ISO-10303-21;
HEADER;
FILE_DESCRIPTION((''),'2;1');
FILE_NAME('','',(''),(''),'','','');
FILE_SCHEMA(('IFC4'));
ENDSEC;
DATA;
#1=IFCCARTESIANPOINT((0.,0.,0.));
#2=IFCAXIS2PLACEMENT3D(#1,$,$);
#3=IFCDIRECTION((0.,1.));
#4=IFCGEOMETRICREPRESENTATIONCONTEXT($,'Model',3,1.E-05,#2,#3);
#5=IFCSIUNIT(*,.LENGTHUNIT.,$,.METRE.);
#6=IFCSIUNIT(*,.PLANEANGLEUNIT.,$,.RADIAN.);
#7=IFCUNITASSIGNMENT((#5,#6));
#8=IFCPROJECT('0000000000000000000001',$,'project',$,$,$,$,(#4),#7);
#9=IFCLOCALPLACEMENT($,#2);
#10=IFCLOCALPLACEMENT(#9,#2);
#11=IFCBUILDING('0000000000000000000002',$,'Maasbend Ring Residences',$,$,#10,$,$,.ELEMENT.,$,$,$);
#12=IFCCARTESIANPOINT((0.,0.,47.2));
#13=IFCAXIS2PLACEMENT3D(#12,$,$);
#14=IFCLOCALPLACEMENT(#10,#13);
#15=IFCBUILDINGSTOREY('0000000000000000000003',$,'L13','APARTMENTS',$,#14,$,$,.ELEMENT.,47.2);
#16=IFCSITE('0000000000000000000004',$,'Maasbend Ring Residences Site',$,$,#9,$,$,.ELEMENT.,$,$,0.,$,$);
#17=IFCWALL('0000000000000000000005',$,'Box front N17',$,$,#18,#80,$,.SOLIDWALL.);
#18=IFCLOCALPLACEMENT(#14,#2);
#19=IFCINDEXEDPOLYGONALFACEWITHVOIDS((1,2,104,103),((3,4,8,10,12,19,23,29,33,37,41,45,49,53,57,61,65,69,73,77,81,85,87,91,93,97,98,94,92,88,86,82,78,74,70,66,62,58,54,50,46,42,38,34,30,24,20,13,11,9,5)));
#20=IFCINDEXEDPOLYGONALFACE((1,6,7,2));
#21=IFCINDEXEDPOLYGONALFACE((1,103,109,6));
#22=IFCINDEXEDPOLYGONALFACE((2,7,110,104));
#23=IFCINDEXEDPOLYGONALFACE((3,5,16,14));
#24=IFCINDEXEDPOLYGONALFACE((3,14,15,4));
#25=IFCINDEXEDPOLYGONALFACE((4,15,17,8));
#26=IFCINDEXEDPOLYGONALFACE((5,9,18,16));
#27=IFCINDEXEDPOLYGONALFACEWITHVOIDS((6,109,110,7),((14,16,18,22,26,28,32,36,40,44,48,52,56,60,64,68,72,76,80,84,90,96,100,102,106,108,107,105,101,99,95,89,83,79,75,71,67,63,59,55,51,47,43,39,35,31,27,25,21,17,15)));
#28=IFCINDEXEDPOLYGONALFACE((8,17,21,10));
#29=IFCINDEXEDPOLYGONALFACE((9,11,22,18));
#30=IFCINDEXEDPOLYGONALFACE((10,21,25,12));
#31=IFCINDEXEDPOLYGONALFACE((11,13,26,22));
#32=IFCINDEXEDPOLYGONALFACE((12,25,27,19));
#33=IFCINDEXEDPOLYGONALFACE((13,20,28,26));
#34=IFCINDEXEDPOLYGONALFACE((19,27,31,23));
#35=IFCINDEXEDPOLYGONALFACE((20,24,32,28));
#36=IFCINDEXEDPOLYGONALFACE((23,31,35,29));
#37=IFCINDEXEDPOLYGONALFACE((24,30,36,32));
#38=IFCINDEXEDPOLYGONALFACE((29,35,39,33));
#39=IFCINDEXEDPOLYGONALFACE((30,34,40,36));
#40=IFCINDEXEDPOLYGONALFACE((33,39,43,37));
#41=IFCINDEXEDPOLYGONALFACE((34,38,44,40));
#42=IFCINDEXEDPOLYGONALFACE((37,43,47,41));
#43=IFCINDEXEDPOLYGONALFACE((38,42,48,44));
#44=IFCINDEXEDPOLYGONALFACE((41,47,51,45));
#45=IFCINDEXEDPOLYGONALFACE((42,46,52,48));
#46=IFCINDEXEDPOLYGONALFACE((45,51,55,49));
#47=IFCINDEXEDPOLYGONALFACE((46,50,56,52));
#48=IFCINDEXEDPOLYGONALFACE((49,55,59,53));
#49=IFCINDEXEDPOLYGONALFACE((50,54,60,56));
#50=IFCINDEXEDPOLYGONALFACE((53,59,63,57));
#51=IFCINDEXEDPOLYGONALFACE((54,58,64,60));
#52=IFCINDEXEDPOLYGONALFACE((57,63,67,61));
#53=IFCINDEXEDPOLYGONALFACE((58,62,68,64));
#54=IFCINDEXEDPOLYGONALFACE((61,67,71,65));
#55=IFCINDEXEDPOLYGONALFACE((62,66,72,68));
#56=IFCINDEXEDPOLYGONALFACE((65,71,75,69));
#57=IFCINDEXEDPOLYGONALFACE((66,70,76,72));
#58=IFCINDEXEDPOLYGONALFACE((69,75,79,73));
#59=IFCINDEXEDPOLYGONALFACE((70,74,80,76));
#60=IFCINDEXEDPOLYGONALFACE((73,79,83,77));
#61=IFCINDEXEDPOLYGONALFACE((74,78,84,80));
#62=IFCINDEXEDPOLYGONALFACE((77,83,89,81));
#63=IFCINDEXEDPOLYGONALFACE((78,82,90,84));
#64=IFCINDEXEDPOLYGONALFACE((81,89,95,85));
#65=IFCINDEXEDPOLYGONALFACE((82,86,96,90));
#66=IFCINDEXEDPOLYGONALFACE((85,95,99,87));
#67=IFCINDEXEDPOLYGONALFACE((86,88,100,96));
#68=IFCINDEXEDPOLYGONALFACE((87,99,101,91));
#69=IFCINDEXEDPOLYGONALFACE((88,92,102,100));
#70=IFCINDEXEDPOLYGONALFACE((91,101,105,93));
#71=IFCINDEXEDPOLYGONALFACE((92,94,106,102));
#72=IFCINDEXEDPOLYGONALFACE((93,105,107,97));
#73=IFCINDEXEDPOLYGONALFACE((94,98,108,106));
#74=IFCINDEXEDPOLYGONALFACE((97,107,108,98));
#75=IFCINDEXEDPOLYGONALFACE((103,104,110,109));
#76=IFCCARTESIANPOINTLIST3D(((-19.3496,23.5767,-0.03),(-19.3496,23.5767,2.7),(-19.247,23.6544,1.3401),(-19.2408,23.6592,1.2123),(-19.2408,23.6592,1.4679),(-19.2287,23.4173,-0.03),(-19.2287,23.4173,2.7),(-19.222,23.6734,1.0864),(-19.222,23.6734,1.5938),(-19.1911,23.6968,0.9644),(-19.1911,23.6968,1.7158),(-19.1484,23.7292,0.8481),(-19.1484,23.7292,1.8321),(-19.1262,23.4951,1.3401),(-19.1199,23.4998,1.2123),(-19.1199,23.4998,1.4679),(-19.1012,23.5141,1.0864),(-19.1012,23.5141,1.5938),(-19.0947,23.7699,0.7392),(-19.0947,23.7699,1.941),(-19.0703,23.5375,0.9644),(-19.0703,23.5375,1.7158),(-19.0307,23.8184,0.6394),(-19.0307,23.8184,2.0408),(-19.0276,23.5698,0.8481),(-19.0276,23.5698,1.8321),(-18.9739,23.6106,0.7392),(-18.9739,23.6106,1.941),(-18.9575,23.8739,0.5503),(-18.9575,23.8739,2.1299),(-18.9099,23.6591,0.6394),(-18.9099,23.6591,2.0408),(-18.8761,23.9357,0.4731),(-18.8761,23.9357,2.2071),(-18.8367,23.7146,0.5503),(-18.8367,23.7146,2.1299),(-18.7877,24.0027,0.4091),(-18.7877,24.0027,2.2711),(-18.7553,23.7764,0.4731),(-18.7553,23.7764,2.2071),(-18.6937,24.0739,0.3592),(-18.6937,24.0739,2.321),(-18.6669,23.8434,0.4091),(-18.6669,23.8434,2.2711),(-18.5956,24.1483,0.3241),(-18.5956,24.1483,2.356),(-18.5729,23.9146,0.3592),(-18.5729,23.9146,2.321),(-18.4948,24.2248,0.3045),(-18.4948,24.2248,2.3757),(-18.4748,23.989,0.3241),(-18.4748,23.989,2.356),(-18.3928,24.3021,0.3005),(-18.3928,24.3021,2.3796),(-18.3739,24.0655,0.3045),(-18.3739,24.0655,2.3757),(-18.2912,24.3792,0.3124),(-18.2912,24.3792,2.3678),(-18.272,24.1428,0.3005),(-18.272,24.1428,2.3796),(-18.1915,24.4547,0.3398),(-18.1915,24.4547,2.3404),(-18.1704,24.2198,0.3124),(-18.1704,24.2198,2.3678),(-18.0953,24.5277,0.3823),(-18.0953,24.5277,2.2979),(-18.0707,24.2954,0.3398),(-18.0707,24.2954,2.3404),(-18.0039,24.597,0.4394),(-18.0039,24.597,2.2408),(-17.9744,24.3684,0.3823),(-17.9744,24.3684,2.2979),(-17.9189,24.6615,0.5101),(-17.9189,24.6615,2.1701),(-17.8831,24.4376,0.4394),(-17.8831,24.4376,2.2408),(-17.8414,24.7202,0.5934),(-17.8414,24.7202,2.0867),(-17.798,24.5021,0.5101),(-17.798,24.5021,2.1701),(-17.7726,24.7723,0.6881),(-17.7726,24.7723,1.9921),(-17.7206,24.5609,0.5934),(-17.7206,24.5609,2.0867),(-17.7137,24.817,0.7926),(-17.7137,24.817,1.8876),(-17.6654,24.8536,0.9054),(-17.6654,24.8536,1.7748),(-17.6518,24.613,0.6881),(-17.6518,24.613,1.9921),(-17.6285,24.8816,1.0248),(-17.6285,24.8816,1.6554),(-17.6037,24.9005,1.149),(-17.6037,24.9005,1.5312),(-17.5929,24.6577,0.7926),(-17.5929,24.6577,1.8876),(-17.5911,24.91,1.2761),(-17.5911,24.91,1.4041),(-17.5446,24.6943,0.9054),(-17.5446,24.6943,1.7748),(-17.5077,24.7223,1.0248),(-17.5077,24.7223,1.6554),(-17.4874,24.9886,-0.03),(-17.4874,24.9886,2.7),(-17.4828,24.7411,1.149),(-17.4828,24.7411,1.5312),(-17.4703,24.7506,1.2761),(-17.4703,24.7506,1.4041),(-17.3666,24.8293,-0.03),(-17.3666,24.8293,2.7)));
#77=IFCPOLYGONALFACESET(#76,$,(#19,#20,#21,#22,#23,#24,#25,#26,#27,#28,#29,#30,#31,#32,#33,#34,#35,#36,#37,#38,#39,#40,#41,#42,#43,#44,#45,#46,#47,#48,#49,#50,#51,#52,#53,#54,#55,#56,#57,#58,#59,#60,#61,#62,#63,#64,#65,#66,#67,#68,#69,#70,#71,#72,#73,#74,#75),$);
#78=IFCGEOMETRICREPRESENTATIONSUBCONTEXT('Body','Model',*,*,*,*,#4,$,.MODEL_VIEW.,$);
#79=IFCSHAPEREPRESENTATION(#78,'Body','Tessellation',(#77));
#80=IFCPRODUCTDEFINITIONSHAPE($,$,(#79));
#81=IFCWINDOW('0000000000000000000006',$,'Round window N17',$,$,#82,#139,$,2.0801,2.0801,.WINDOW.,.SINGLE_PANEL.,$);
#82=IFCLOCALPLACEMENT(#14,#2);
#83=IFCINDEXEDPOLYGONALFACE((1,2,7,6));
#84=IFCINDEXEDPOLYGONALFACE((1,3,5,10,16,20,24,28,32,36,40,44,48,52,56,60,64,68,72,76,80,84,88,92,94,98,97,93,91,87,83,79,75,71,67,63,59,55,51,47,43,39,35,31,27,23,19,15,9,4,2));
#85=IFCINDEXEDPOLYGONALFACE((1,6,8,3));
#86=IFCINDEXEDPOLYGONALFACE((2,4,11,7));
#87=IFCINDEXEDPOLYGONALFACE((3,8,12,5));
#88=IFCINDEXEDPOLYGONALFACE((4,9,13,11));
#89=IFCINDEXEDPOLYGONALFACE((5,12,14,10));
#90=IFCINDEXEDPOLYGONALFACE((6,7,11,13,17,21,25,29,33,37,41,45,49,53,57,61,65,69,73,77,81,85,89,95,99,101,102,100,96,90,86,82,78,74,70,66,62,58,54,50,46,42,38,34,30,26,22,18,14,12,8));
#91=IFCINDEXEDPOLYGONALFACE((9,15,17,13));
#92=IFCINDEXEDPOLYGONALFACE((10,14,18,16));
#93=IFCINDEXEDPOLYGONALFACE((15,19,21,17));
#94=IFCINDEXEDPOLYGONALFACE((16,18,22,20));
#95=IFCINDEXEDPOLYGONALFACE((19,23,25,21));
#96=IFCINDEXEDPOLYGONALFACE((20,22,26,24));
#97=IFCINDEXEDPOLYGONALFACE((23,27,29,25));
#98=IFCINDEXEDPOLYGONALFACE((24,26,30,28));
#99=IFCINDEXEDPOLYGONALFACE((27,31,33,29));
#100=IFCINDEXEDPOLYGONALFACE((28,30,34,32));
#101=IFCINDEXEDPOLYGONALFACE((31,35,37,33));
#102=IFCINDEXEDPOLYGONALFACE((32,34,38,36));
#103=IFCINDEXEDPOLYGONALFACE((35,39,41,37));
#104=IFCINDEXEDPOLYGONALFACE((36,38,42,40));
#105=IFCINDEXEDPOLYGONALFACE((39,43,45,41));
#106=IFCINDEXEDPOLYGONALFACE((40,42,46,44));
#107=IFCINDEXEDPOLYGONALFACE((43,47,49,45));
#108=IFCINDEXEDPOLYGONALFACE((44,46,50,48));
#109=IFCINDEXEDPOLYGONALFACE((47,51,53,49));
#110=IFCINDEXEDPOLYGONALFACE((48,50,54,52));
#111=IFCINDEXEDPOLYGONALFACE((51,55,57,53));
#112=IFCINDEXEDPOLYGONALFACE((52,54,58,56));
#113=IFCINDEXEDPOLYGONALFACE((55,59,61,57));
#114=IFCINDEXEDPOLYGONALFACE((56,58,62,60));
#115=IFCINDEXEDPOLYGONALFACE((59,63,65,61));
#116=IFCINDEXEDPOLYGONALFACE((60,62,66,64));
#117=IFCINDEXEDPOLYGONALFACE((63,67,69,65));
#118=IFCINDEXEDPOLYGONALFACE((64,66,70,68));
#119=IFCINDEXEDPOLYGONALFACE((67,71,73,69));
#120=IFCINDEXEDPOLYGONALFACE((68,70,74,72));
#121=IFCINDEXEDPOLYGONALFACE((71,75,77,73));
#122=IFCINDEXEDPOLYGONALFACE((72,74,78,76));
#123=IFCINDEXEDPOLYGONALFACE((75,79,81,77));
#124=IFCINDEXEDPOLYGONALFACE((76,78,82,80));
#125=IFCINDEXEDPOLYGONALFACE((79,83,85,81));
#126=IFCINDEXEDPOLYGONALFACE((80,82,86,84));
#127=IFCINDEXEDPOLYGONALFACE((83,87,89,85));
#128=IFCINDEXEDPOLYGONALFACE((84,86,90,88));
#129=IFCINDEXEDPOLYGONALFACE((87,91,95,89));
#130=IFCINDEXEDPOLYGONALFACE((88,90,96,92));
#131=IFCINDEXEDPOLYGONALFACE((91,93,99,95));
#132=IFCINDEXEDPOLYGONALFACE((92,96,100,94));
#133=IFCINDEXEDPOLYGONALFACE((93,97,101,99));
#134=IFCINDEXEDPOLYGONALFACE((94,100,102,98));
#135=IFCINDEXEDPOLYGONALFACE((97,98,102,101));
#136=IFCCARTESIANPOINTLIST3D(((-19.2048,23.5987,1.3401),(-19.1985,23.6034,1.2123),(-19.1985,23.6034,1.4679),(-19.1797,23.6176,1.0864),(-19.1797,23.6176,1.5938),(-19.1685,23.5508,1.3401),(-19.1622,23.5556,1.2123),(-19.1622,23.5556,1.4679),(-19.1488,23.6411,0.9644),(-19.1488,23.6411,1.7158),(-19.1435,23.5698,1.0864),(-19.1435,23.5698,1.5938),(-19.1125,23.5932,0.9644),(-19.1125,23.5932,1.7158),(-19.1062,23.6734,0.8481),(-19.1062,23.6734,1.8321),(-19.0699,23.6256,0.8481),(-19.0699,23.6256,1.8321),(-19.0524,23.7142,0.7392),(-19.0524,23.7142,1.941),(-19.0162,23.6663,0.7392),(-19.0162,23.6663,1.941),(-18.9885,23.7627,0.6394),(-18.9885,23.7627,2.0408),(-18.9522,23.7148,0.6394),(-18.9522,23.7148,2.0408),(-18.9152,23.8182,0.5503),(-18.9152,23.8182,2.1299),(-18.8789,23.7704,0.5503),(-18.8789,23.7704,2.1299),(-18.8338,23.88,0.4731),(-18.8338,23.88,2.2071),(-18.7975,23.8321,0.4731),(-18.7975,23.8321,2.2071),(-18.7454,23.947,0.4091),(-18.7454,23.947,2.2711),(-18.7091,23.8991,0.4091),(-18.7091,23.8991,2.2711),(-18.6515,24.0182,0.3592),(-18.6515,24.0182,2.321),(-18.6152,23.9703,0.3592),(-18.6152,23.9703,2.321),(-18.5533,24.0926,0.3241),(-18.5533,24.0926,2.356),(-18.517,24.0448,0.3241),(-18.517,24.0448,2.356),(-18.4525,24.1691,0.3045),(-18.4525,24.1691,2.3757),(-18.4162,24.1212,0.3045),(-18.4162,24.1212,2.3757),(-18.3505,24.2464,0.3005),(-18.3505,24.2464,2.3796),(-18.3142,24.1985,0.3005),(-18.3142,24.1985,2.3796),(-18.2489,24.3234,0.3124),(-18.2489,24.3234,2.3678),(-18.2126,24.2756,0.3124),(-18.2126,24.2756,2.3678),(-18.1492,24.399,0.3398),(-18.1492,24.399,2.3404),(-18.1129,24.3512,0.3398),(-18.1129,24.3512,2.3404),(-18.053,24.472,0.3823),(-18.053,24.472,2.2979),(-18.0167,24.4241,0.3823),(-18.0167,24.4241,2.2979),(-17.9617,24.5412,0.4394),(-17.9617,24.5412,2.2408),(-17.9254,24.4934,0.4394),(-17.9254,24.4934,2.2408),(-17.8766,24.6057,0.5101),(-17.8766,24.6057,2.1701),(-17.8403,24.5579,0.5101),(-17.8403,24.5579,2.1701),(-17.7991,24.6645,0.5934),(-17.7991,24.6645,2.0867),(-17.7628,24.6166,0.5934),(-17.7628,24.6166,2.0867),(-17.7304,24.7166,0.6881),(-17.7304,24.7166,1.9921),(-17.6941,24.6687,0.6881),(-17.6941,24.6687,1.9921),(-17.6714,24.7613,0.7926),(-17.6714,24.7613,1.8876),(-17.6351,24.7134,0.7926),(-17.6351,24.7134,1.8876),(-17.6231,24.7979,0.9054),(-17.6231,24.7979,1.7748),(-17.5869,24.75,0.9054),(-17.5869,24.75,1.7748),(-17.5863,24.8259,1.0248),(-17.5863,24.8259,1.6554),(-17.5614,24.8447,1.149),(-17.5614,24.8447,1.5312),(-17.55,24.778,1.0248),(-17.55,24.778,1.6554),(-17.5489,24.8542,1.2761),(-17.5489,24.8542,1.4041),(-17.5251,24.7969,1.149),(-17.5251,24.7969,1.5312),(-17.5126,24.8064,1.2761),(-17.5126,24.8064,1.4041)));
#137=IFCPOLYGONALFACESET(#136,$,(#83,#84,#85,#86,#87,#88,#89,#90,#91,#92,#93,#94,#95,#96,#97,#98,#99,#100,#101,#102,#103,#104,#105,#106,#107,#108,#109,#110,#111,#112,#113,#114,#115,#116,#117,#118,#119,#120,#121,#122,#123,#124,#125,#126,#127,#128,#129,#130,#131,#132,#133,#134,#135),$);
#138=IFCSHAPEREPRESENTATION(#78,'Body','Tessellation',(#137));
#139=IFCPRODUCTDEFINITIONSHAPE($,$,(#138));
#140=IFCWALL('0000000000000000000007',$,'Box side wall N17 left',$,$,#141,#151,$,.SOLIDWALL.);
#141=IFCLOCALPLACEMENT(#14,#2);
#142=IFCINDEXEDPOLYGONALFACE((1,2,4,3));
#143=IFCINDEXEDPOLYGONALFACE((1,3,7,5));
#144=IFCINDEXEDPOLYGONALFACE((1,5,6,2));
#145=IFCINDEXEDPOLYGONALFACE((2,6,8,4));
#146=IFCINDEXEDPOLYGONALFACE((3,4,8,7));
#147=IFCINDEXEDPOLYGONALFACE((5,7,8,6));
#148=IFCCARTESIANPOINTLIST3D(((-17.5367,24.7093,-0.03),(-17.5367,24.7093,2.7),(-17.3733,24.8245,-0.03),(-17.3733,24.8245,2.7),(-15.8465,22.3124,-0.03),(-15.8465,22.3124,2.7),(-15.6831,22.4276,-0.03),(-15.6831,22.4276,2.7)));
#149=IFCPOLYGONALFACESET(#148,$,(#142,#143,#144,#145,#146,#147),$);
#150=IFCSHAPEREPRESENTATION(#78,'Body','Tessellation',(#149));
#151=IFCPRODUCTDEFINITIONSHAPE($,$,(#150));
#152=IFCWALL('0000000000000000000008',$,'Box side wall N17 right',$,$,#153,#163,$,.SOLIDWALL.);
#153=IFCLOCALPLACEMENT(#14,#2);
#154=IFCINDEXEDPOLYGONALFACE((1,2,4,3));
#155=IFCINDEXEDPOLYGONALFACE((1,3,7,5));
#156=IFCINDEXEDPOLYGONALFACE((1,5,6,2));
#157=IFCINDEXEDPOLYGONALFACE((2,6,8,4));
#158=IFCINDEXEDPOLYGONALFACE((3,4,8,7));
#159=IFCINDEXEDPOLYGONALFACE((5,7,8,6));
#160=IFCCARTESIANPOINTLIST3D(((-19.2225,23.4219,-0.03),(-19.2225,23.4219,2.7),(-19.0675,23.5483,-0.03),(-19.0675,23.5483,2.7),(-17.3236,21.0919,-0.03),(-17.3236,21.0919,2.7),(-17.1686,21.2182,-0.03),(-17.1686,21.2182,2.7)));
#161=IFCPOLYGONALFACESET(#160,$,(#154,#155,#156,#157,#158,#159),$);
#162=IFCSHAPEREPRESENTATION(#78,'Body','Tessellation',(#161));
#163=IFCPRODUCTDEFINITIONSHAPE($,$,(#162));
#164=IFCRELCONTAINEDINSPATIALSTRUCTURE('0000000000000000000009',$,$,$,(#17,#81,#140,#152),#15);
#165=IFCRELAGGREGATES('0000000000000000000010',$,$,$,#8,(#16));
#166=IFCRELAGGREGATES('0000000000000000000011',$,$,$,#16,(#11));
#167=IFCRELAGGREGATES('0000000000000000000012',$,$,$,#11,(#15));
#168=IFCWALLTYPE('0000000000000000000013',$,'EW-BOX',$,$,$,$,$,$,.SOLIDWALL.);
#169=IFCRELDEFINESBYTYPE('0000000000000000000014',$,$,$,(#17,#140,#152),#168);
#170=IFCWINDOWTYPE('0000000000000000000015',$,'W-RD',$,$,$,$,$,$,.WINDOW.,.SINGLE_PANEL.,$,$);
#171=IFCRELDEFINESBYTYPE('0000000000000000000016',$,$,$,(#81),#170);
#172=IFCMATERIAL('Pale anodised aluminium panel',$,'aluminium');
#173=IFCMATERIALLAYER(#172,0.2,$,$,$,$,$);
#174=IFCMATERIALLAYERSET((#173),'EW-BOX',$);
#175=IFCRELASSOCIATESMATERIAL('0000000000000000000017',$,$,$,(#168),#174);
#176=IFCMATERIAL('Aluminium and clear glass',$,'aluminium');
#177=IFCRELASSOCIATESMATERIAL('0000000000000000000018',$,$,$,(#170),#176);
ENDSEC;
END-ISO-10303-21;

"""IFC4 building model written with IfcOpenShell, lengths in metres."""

from ifc_helpers import new_model, si_unit, direction, frame, frame_2d, origin, place, context, subcontext, project, spatial, rectangle, circle, extrude, material, layer, layer_set, type_object, element, fill, save


model = new_model("IFC4")

# Units and contexts
model_context = context("Model", 3, precision=1e-05, world=origin(), true_north=direction((0.0, 1.0)))
body_context = subcontext(model_context, "Body", "Model", "MODEL_VIEW")
ifc_project = project(units=[si_unit("LENGTHUNIT", "METRE"), si_unit("PLANEANGLEUNIT", "RADIAN")], contexts=[model_context])

# Site, building, storey
site_placement = place(None, origin())
site = spatial("IfcSite", under=ifc_project, at=site_placement, Name="Maasbend Ring Residences Site", CompositionType="ELEMENT", RefElevation=0.0)
building_placement = place(site_placement, origin())
building = spatial("IfcBuilding", under=site, at=building_placement, Name="Maasbend Ring Residences", CompositionType="ELEMENT")
storey_placement = place(building_placement, frame((0.0, 0.0, 47.2)))
storey = spatial("IfcBuildingStorey", under=building, at=storey_placement, Name="L13", Description="APARTMENTS", CompositionType="ELEMENT", Elevation=47.2)

# Shared definitions
ifc_material_1 = material(Name="Pale anodised aluminium panel", Category="aluminium")
ifc_layer_1 = layer(ifc_material_1, 0.2)
ifc_layer_set_1 = layer_set([ifc_layer_1], Name="EW-BOX")
wall_type_1 = type_object("IfcWallType", Name="EW-BOX", PredefinedType="SOLIDWALL", material=ifc_layer_set_1)
ifc_material_2 = material(Name="Aluminium and clear glass", Category="aluminium")
window_type_1 = type_object("IfcWindowType", Name="W-RD", PartitioningType="SINGLE_PANEL", PredefinedType="WINDOW", material=ifc_material_2)

# Wall, opening, window
wall_1_placement = place(storey_placement, frame((-17.427, 24.9089, -0.03), z_axis=(0.0, 0.0, 1.0), x_axis=(-0.796842, -0.604188, 0.0)))
wall_1 = element("IfcWall", 1, at=wall_1_placement, inside=storey, type_object=wall_type_1, Name="Box front N17", PredefinedType="SOLIDWALL", context=body_context, shape_type="SweptSolid", body=[
    extrude(rectangle(XDim=2.3369, YDim=0.2, at=frame_2d((1.1685, 0.0))), origin(), (0.0, 0.0, 1.0), 2.73),
])
opening_1_placement = place(wall_1_placement, frame((0.1282, 0.0, 0.3301)))
opening_1 = element("IfcOpeningElement", 2, at=opening_1_placement, cuts=wall_1, PredefinedType="OPENING", context=body_context, shape_type="SweptSolid", body=[
    extrude(circle(Radius=1.04, at=frame_2d((1.04, 1.04))), frame((0.0, 0.1099, 0.0), z_axis=(0.0, -1.0, 0.0), x_axis=(1.0, 0.0, 0.0)), (0.0, 0.0, 1.0), 0.22),
])
window_1_placement = place(opening_1_placement, origin())
window_1 = element("IfcWindow", 3, at=window_1_placement, inside=storey, type_object=window_type_1, Name="Round window N17", OverallHeight=2.0801, OverallWidth=2.0801, PartitioningType="SINGLE_PANEL", PredefinedType="WINDOW", context=body_context, shape_type="SweptSolid", body=[
    extrude(circle(Radius=1.04, at=frame_2d((1.04, 1.04))), frame((0.0, 0.03, 0.0), z_axis=(0.0, -1.0, 0.0), x_axis=(1.0, 0.0, 0.0)), (0.0, 0.0, 1.0), 0.0601),
])
fill(opening_1, window_1)

# Walls
wall_2_placement = place(storey_placement, frame((-15.7649, 22.3701, -0.03), z_axis=(0.0, 0.0, 1.0), x_axis=(-0.576275, 0.817256, 0.0)))
element("IfcWall", 4, at=wall_2_placement, inside=storey, type_object=wall_type_1, Name="Box side wall N17 left", PredefinedType="SOLIDWALL", context=body_context, shape_type="SweptSolid", body=[
    extrude(rectangle(XDim=2.9329, YDim=0.2, at=frame_2d((1.4663, 0.0))), origin(), (0.0, 0.0, 1.0), 2.73),
])
wall_3_placement = place(storey_placement, frame((-17.2461, 21.155, -0.03), z_axis=(0.0, 0.0, 1.0), x_axis=(-0.631742, 0.775179, 0.0)))
element("IfcWall", 5, at=wall_3_placement, inside=storey, type_object=wall_type_1, Name="Box side wall N17 right", PredefinedType="SOLIDWALL", context=body_context, shape_type="SweptSolid", body=[
    extrude(rectangle(XDim=3.0059, YDim=0.2, at=frame_2d((1.5029, 0.0))), origin(), (0.0, 0.0, 1.0), 2.73),
])

save(model, "model.ifc")
